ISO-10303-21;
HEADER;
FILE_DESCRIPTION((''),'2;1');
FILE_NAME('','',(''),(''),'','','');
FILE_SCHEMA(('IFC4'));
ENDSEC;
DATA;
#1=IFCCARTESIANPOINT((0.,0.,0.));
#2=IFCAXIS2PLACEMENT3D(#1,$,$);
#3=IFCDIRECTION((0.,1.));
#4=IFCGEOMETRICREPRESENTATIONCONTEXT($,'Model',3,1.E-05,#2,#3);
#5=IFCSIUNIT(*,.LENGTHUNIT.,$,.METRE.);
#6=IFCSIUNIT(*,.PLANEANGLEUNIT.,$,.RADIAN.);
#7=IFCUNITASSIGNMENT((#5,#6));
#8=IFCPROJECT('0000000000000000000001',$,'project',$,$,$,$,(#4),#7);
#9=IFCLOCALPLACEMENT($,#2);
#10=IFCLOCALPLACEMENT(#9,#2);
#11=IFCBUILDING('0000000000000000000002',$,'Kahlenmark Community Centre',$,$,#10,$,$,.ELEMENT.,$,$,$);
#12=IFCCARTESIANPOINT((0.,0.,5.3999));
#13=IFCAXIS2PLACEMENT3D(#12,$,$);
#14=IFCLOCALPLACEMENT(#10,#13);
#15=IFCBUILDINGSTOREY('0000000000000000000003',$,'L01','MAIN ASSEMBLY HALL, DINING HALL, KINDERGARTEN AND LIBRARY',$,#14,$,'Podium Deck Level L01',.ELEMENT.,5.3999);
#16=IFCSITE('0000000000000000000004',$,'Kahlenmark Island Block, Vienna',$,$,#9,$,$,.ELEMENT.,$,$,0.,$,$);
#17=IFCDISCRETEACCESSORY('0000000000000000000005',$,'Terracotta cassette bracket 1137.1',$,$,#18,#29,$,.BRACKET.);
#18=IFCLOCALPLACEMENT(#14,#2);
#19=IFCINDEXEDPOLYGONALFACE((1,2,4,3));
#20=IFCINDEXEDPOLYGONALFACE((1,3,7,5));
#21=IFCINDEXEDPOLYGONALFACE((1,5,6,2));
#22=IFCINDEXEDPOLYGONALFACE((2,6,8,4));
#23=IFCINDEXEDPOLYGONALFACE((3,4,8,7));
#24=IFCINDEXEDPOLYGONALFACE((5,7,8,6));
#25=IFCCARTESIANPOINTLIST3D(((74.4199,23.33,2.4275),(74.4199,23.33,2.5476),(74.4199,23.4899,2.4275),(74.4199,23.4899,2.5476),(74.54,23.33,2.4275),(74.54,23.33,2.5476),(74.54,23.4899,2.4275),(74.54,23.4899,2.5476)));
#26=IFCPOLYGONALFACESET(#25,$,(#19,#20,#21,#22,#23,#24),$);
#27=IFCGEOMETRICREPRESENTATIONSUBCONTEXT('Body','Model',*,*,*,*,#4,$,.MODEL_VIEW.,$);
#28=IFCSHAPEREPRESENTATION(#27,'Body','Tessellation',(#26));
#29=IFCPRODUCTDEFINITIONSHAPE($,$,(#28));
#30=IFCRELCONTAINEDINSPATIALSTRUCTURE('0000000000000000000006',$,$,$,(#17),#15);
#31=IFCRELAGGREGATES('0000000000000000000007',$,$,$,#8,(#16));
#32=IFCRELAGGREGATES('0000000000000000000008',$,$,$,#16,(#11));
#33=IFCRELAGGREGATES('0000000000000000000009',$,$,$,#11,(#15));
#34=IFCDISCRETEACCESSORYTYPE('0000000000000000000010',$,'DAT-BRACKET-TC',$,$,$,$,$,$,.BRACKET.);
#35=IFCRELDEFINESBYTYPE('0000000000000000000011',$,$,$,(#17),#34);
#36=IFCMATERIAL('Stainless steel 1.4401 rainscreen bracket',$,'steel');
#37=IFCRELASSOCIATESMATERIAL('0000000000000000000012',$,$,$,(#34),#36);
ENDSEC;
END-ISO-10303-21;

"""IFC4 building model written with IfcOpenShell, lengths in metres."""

from ifc_helpers import new_model, si_unit, direction, frame, origin, origin_2d, place, context, subcontext, project, spatial, rectangle, extrude, material, type_object, element, save


model = new_model("IFC4")

# Units and contexts
model_context = context("Model", 3, precision=1e-05, world=origin(), true_north=direction((0.0, 1.0)))
body_context = subcontext(model_context, "Body", "Model", "MODEL_VIEW")
ifc_project = project(units=[si_unit("LENGTHUNIT", "METRE"), si_unit("PLANEANGLEUNIT", "RADIAN")], contexts=[model_context])

# Site, building, storey
site_placement = place(None, origin())
site = spatial("IfcSite", under=ifc_project, at=site_placement, Name="Kahlenmark Island Block, Vienna", CompositionType="ELEMENT", RefElevation=0.0)
building_placement = place(site_placement, origin())
building = spatial("IfcBuilding", under=site, at=building_placement, Name="Kahlenmark Community Centre", CompositionType="ELEMENT")
storey_placement = place(building_placement, frame((0.0, 0.0, 5.3999)))
storey = spatial("IfcBuildingStorey", under=building, at=storey_placement, Name="L01", Description="MAIN ASSEMBLY HALL, DINING HALL, KINDERGARTEN AND LIBRARY", LongName="Podium Deck Level L01", CompositionType="ELEMENT", Elevation=5.3999)

# Discrete accessory
ifc_material_1 = material(Name="Stainless steel 1.4401 rainscreen bracket", Category="steel")
discrete_accessory_type = type_object("IfcDiscreteAccessoryType", Name="DAT-BRACKET-TC", PredefinedType="BRACKET", material=ifc_material_1)
for number, where, z_axis, x_axis, name in (
    (1, (74.48, 23.4099, 2.4275), (0.0, 0.0, 1.0), (-1.0, 0.0, 0.0), "Terracotta cassette bracket 1137.1"),
):
    element("IfcDiscreteAccessory", number, at=place(storey_placement, frame(where, z_axis=z_axis, x_axis=x_axis)), inside=storey, type_object=discrete_accessory_type, Name=name, PredefinedType="BRACKET", context=body_context, shape_type="SweptSolid", body=[
        extrude(rectangle(XDim=0.1201, YDim=0.1599, at=origin_2d()), origin(), (0.0, 0.0, 1.0), 0.1201),
    ])

save(model, "model.ifc")
